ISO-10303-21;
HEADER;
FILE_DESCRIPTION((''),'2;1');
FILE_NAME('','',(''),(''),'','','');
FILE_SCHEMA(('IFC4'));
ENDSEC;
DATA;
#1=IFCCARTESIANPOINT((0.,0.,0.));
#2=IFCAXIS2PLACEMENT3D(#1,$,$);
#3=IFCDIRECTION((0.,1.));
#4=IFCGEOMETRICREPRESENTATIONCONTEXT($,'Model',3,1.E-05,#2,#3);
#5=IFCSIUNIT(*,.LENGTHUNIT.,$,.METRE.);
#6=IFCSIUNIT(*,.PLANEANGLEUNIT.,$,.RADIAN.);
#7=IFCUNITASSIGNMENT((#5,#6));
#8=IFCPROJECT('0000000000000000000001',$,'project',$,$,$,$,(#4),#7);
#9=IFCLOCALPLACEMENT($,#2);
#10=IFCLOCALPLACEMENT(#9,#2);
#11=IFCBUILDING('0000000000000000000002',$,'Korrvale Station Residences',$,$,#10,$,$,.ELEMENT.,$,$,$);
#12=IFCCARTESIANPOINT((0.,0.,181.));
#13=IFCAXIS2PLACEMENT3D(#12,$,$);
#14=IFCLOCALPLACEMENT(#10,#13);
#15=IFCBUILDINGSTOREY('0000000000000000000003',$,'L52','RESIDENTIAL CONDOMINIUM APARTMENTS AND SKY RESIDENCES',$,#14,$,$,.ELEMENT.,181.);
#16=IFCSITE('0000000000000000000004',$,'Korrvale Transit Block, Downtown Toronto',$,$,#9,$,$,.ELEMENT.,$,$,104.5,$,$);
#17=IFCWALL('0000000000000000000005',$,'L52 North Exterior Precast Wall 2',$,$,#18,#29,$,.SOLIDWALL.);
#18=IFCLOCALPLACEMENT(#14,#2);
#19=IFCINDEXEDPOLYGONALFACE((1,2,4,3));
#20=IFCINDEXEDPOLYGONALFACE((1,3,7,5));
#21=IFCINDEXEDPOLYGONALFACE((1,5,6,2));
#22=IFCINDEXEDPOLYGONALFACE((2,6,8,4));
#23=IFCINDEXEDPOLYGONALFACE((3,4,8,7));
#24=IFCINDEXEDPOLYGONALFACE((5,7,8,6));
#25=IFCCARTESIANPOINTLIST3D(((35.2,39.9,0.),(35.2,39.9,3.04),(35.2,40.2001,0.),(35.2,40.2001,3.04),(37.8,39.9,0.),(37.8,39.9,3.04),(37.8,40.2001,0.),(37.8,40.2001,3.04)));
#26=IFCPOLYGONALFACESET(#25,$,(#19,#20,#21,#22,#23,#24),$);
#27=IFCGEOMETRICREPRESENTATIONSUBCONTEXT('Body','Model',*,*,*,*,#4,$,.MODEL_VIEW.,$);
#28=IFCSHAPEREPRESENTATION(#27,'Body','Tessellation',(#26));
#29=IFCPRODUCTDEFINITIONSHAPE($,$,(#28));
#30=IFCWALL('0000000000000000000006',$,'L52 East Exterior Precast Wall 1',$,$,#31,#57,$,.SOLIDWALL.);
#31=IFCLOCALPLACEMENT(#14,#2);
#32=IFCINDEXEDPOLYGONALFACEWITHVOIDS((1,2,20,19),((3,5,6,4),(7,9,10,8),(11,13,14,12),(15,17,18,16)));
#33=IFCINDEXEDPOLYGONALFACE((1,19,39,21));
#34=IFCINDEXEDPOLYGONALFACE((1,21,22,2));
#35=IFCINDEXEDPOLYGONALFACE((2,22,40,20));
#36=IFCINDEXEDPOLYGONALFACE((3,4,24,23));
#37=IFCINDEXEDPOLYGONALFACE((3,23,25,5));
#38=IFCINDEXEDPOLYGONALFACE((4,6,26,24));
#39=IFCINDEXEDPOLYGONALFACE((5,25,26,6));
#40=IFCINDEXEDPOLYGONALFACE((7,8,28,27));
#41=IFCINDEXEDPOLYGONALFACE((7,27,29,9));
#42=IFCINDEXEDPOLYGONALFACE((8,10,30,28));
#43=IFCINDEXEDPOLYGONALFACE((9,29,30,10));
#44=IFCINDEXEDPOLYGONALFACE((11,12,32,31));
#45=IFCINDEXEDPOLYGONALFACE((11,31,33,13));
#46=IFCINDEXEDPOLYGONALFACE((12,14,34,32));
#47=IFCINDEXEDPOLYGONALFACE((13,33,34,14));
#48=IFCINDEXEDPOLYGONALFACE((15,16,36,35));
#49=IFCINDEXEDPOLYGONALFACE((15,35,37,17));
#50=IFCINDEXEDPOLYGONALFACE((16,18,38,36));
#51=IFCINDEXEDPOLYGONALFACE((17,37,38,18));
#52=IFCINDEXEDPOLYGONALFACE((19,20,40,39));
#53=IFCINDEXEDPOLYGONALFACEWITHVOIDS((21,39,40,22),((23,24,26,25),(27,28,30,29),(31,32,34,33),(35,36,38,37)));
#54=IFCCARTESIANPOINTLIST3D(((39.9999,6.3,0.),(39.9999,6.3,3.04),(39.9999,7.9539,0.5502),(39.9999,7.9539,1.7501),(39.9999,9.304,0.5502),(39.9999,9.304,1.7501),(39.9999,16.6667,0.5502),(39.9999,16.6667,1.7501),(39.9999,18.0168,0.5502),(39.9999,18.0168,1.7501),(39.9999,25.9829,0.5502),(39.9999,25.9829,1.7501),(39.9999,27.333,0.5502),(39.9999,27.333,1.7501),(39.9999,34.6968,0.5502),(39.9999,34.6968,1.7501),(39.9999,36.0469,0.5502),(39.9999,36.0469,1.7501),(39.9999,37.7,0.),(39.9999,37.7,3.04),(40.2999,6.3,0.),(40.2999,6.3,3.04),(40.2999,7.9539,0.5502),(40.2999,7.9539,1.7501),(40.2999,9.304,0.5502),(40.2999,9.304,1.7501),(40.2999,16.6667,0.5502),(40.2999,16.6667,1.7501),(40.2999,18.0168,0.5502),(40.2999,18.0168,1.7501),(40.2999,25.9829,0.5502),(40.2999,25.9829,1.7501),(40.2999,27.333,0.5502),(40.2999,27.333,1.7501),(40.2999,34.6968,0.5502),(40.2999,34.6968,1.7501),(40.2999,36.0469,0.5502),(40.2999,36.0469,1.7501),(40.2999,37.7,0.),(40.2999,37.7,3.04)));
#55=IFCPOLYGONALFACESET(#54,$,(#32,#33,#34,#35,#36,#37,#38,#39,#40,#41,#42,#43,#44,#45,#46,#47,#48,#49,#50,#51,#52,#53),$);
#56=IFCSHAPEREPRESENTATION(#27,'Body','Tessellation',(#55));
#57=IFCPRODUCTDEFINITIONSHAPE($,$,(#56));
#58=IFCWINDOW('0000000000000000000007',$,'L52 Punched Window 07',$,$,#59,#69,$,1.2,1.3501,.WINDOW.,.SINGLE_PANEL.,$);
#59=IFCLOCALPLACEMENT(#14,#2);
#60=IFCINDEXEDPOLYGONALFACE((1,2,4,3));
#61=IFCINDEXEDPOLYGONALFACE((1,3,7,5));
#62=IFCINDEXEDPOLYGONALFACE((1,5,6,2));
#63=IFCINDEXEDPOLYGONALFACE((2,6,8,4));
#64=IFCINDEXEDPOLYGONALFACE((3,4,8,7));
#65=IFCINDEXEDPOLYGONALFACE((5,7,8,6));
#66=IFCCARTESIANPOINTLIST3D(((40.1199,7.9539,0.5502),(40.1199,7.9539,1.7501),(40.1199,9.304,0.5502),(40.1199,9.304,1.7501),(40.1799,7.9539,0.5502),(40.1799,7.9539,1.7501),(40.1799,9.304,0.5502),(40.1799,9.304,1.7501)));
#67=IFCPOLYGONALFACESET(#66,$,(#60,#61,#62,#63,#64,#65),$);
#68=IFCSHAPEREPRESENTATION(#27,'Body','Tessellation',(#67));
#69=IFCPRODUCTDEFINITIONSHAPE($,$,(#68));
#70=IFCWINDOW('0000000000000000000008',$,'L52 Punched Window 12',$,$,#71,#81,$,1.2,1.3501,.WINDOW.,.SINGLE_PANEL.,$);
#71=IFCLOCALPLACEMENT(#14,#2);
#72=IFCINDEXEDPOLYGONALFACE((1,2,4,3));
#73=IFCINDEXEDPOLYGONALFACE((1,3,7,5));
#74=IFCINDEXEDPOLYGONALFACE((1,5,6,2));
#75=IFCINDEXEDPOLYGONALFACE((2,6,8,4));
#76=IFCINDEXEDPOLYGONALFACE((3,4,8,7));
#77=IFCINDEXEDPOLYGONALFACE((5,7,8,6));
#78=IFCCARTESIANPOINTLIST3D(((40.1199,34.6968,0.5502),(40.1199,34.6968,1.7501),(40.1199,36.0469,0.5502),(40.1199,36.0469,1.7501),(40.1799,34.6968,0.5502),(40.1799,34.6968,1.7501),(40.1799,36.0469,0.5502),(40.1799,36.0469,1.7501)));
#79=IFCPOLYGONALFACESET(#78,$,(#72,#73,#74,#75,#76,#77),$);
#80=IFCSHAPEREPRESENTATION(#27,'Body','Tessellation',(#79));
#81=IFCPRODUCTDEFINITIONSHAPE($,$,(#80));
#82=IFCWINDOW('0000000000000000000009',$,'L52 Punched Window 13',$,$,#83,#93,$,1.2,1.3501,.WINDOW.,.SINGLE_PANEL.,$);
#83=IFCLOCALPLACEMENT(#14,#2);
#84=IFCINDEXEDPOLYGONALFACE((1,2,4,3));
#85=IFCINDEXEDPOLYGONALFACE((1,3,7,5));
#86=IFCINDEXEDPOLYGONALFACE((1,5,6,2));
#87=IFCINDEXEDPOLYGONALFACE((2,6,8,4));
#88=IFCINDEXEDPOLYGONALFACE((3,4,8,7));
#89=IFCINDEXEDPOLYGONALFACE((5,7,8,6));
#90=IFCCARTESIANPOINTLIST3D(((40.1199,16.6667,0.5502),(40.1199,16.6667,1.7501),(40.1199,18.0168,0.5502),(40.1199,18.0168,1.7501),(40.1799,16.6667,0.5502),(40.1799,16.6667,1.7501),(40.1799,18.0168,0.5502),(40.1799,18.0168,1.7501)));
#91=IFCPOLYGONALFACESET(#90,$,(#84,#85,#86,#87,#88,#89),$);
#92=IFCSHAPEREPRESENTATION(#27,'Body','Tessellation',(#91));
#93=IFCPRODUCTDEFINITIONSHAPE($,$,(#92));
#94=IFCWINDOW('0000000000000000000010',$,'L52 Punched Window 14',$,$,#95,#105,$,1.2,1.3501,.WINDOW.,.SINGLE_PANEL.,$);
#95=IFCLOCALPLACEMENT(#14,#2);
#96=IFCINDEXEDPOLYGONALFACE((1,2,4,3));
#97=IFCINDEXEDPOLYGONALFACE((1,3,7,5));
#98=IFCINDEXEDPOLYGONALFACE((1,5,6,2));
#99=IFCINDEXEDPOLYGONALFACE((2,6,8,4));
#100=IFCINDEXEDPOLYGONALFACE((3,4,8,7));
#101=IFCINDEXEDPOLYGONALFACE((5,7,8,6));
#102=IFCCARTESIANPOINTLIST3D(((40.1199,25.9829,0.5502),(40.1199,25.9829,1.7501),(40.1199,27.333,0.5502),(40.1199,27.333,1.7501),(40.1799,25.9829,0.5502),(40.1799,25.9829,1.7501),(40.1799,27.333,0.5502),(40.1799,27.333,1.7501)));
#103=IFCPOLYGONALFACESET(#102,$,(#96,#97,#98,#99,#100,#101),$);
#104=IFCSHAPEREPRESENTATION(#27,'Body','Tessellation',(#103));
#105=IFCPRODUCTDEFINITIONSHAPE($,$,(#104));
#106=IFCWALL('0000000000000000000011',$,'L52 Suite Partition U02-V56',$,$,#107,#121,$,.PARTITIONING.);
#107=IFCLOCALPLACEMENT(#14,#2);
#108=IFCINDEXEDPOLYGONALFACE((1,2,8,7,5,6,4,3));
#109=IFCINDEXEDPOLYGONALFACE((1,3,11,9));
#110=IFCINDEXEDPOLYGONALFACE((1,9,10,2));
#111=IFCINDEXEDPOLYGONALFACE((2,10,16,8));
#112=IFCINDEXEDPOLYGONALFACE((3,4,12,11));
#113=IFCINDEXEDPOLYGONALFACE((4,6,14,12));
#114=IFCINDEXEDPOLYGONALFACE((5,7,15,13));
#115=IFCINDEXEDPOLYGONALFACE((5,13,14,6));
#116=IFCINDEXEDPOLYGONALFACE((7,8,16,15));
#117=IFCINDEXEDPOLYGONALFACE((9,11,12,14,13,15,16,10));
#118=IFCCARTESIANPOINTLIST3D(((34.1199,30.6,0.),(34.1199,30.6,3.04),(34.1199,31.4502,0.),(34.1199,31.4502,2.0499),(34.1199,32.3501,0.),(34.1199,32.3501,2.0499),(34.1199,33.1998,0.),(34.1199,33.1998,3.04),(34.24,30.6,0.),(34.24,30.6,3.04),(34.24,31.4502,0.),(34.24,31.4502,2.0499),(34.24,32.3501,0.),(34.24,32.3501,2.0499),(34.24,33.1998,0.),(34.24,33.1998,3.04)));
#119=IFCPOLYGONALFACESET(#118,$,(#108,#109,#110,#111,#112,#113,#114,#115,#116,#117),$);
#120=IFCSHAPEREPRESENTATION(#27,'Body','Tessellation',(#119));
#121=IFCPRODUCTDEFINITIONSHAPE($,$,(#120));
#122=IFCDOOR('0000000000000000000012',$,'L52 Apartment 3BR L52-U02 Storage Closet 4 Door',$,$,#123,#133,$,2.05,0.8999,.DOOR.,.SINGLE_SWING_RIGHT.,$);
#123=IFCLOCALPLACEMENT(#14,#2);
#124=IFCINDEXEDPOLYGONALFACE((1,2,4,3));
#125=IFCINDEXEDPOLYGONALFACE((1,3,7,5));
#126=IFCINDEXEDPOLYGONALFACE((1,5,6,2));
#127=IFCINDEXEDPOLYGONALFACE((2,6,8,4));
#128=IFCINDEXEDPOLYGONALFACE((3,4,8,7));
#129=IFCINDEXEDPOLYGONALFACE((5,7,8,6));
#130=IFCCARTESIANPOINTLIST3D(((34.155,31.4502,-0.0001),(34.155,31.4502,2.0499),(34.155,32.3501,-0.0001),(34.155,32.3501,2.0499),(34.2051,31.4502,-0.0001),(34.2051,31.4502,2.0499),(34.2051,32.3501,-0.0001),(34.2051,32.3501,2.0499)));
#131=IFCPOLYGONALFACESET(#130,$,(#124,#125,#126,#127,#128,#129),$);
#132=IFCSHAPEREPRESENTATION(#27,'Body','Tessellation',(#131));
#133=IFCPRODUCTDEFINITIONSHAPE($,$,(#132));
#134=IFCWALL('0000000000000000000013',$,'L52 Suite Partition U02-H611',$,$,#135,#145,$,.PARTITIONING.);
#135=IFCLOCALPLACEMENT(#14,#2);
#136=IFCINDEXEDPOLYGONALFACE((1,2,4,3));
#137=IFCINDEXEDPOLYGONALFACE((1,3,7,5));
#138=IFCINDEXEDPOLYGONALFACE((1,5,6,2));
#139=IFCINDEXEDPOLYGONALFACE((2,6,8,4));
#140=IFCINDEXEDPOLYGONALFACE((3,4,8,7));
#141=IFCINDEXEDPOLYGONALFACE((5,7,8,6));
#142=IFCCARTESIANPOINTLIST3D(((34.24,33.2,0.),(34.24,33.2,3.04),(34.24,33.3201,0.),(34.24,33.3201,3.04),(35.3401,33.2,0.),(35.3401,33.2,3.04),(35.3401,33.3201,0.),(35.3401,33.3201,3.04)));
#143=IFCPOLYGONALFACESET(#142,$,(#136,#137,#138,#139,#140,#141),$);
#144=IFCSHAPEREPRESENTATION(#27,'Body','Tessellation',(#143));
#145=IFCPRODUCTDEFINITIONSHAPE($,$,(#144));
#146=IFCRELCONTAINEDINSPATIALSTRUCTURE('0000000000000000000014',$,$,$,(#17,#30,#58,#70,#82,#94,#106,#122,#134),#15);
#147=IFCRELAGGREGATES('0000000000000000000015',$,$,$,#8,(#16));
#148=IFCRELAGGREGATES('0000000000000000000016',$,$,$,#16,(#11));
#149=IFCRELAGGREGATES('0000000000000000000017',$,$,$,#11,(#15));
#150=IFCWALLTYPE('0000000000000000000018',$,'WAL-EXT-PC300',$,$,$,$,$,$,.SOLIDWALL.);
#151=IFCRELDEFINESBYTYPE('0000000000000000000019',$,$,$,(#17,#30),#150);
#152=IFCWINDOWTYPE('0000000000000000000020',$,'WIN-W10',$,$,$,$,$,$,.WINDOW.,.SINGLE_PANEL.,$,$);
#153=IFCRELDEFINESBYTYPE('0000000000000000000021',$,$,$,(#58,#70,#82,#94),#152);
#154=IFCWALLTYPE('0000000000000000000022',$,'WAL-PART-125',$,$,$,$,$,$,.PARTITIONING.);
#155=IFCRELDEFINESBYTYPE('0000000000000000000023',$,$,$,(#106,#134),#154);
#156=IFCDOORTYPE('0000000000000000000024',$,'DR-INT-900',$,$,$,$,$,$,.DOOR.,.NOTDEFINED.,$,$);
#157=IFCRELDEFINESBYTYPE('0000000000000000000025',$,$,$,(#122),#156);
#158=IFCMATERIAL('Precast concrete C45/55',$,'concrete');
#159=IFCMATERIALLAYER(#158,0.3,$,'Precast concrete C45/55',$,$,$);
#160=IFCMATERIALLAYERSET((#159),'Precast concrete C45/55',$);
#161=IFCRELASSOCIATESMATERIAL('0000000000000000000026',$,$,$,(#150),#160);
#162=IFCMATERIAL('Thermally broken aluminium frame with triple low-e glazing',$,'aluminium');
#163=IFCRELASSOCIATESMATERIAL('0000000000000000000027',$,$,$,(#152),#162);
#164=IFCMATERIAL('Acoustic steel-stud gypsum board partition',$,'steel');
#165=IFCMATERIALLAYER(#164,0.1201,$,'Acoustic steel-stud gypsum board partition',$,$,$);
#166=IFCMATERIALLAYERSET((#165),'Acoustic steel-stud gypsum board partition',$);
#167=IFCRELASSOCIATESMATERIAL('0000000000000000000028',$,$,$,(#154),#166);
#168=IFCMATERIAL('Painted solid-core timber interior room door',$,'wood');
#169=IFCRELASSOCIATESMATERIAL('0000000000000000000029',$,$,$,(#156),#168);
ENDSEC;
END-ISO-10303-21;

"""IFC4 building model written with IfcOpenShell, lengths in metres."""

from ifc_helpers import new_model, si_unit, direction, frame, frame_2d, origin, place, context, subcontext, project, spatial, rectangle, extrude, material, layer, layer_set, type_object, element, fill, save


model = new_model("IFC4")

# Units and contexts
model_context = context("Model", 3, precision=1e-05, world=origin(), true_north=direction((0.0, 1.0)))
body_context = subcontext(model_context, "Body", "Model", "MODEL_VIEW")
ifc_project = project(units=[si_unit("LENGTHUNIT", "METRE"), si_unit("PLANEANGLEUNIT", "RADIAN")], contexts=[model_context])

# Site, building, storey
site_placement = place(None, origin())
site = spatial("IfcSite", under=ifc_project, at=site_placement, Name="Korrvale Transit Block, Downtown Toronto", CompositionType="ELEMENT", RefElevation=104.5)
building_placement = place(site_placement, origin())
building = spatial("IfcBuilding", under=site, at=building_placement, Name="Korrvale Station Residences", CompositionType="ELEMENT")
storey_placement = place(building_placement, frame((0.0, 0.0, 181.0)))
storey = spatial("IfcBuildingStorey", under=building, at=storey_placement, Name="L52", Description="RESIDENTIAL CONDOMINIUM APARTMENTS AND SKY RESIDENCES", CompositionType="ELEMENT", Elevation=181.0)

# Wall
ifc_material_1 = material(Name="Precast concrete C45/55", Category="concrete")
ifc_layer_1 = layer(ifc_material_1, 0.3, Name="Precast concrete C45/55")
ifc_layer_set_1 = layer_set([ifc_layer_1], Name="Precast concrete C45/55")
wall_type_1 = type_object("IfcWallType", Name="WAL-EXT-PC300", PredefinedType="SOLIDWALL", material=ifc_layer_set_1)
wall_1_placement = place(storey_placement, frame((35.2, 40.05, 0.0), z_axis=(0.0, 0.0, 1.0), x_axis=(1.0, 0.0, 0.0)))
element("IfcWall", 1, at=wall_1_placement, inside=storey, type_object=wall_type_1, Name="L52 North Exterior Precast Wall 2", PredefinedType="SOLIDWALL", context=body_context, shape_type="SweptSolid", body=[
    extrude(rectangle(XDim=2.6001, YDim=0.3, at=frame_2d((1.3, 0.0))), origin(), (0.0, 0.0, 1.0), 3.04),
])

# Wall, openings, windows
wall_2_placement = place(storey_placement, frame((40.1499, 37.7, 0.0), z_axis=(0.0, 0.0, 1.0), x_axis=(0.0, -1.0, 0.0)))
wall_2 = element("IfcWall", 2, at=wall_2_placement, inside=storey, type_object=wall_type_1, Name="L52 East Exterior Precast Wall 1", PredefinedType="SOLIDWALL", context=body_context, shape_type="SweptSolid", body=[
    extrude(rectangle(XDim=31.3999, YDim=0.3, at=frame_2d((15.7, 0.0))), origin(), (0.0, 0.0, 1.0), 3.04),
])
opening_1_placement = place(wall_2_placement, frame((28.396, 0.0, 0.55)))
opening_1 = element("IfcOpeningElement", 3, at=opening_1_placement, cuts=wall_2, PredefinedType="OPENING", context=body_context, shape_type="SweptSolid", body=[
    extrude(rectangle(XDim=1.3501, YDim=1.2, at=frame_2d((0.675, 0.6001))), frame((0.0, 0.1602, 0.0), z_axis=(0.0, -1.0, 0.0), x_axis=(1.0, 0.0, 0.0)), (0.0, 0.0, 1.0), 0.3201),
])
opening_2_placement = place(wall_2_placement, frame((1.6531, 0.0, 0.55)))
opening_2 = element("IfcOpeningElement", 4, at=opening_2_placement, cuts=wall_2, PredefinedType="OPENING", context=body_context, shape_type="SweptSolid", body=[
    extrude(rectangle(XDim=1.3501, YDim=1.2, at=frame_2d((0.675, 0.6001))), frame((0.0, 0.1602, 0.0), z_axis=(0.0, -1.0, 0.0), x_axis=(1.0, 0.0, 0.0)), (0.0, 0.0, 1.0), 0.3201),
])
opening_3_placement = place(wall_2_placement, frame((19.6831, 0.0, 0.55)))
opening_3 = element("IfcOpeningElement", 5, at=opening_3_placement, cuts=wall_2, PredefinedType="OPENING", context=body_context, shape_type="SweptSolid", body=[
    extrude(rectangle(XDim=1.3501, YDim=1.2, at=frame_2d((0.675, 0.6001))), frame((0.0, 0.1602, 0.0), z_axis=(0.0, -1.0, 0.0), x_axis=(1.0, 0.0, 0.0)), (0.0, 0.0, 1.0), 0.3201),
])
opening_4_placement = place(wall_2_placement, frame((10.3669, 0.0, 0.55)))
opening_4 = element("IfcOpeningElement", 6, at=opening_4_placement, cuts=wall_2, PredefinedType="OPENING", context=body_context, shape_type="SweptSolid", body=[
    extrude(rectangle(XDim=1.3501, YDim=1.2, at=frame_2d((0.675, 0.6001))), frame((0.0, 0.1602, 0.0), z_axis=(0.0, -1.0, 0.0), x_axis=(1.0, 0.0, 0.0)), (0.0, 0.0, 1.0), 0.3201),
])
ifc_material_2 = material(Name="Thermally broken aluminium frame with triple low-e glazing", Category="aluminium")
window_type = type_object("IfcWindowType", Name="WIN-W10", PartitioningType="SINGLE_PANEL", PredefinedType="WINDOW", material=ifc_material_2)
window_1_placement = place(opening_1_placement, origin())
window_1 = element("IfcWindow", 7, at=window_1_placement, inside=storey, type_object=window_type, Name="L52 Punched Window 07", OverallHeight=1.2, OverallWidth=1.3501, PartitioningType="SINGLE_PANEL", PredefinedType="WINDOW", context=body_context, shape_type="SweptSolid", body=[
    extrude(rectangle(XDim=1.3501, YDim=1.2, at=frame_2d((0.675, 0.6001))), frame((0.0, 0.03, 0.0), z_axis=(0.0, -1.0, 0.0), x_axis=(1.0, 0.0, 0.0)), (0.0, 0.0, 1.0), 0.0601),
])
fill(opening_1, window_1)
window_2_placement = place(opening_2_placement, origin())
window_2 = element("IfcWindow", 8, at=window_2_placement, inside=storey, type_object=window_type, Name="L52 Punched Window 12", OverallHeight=1.2, OverallWidth=1.3501, PartitioningType="SINGLE_PANEL", PredefinedType="WINDOW", context=body_context, shape_type="SweptSolid", body=[
    extrude(rectangle(XDim=1.3501, YDim=1.2, at=frame_2d((0.675, 0.6001))), frame((0.0, 0.03, 0.0), z_axis=(0.0, -1.0, 0.0), x_axis=(1.0, 0.0, 0.0)), (0.0, 0.0, 1.0), 0.0601),
])
fill(opening_2, window_2)
window_3_placement = place(opening_3_placement, origin())
window_3 = element("IfcWindow", 9, at=window_3_placement, inside=storey, type_object=window_type, Name="L52 Punched Window 13", OverallHeight=1.2, OverallWidth=1.3501, PartitioningType="SINGLE_PANEL", PredefinedType="WINDOW", context=body_context, shape_type="SweptSolid", body=[
    extrude(rectangle(XDim=1.3501, YDim=1.2, at=frame_2d((0.675, 0.6001))), frame((0.0, 0.03, 0.0), z_axis=(0.0, -1.0, 0.0), x_axis=(1.0, 0.0, 0.0)), (0.0, 0.0, 1.0), 0.0601),
])
fill(opening_3, window_3)
window_4_placement = place(opening_4_placement, origin())
window_4 = element("IfcWindow", 10, at=window_4_placement, inside=storey, type_object=window_type, Name="L52 Punched Window 14", OverallHeight=1.2, OverallWidth=1.3501, PartitioningType="SINGLE_PANEL", PredefinedType="WINDOW", context=body_context, shape_type="SweptSolid", body=[
    extrude(rectangle(XDim=1.3501, YDim=1.2, at=frame_2d((0.675, 0.6001))), frame((0.0, 0.03, 0.0), z_axis=(0.0, -1.0, 0.0), x_axis=(1.0, 0.0, 0.0)), (0.0, 0.0, 1.0), 0.0601),
])
fill(opening_4, window_4)

# Wall, opening, door
ifc_material_3 = material(Name="Acoustic steel-stud gypsum board partition", Category="steel")
ifc_layer_2 = layer(ifc_material_3, 0.1201, Name="Acoustic steel-stud gypsum board partition")
ifc_layer_set_2 = layer_set([ifc_layer_2], Name="Acoustic steel-stud gypsum board partition")
wall_type_2 = type_object("IfcWallType", Name="WAL-PART-125", PredefinedType="PARTITIONING", material=ifc_layer_set_2)
wall_3_placement = place(storey_placement, frame((34.1799, 30.6001, 0.0), z_axis=(0.0, 0.0, 1.0), x_axis=(0.0, 1.0, 0.0)))
wall_3 = element("IfcWall", 11, at=wall_3_placement, inside=storey, type_object=wall_type_2, Name="L52 Suite Partition U02-V56", PredefinedType="PARTITIONING", context=body_context, shape_type="SweptSolid", body=[
    extrude(rectangle(XDim=2.5999, YDim=0.1201, at=frame_2d((1.2998, 0.0))), origin(), (0.0, 0.0, 1.0), 3.04),
])
opening_5_placement = place(wall_3_placement, frame((0.8501, 0.0, 0.0)))
opening_5 = element("IfcOpeningElement", 12, at=opening_5_placement, cuts=wall_3, PredefinedType="OPENING", context=body_context, shape_type="SweptSolid", body=[
    extrude(rectangle(XDim=0.8999, YDim=2.05, at=frame_2d((0.45, 1.0249))), frame((0.0, 0.0701, 0.0), z_axis=(0.0, -1.0, 0.0), x_axis=(1.0, 0.0, 0.0)), (0.0, 0.0, 1.0), 0.1401),
])
ifc_material_4 = material(Name="Painted solid-core timber interior room door", Category="wood")
door_type = type_object("IfcDoorType", Name="DR-INT-900", OperationType="NOTDEFINED", PredefinedType="DOOR", material=ifc_material_4)
door_1_placement = place(opening_5_placement, origin())
door_1 = element("IfcDoor", 13, at=door_1_placement, inside=storey, type_object=door_type, Name="L52 Apartment 3BR L52-U02 Storage Closet 4 Door", OperationType="SINGLE_SWING_RIGHT", OverallHeight=2.05, OverallWidth=0.8999, PredefinedType="DOOR", context=body_context, shape_type="SweptSolid", body=[
    extrude(rectangle(XDim=0.8999, YDim=2.05, at=frame_2d((0.45, 1.0249))), frame((0.0, 0.0249, 0.0), z_axis=(0.0, -1.0, 0.0), x_axis=(1.0, 0.0, 0.0)), (0.0, 0.0, 1.0), 0.05),
])
fill(opening_5, door_1)

# Wall
wall_4_placement = place(storey_placement, frame((34.24, 33.26, 0.0), z_axis=(0.0, 0.0, 1.0), x_axis=(1.0, 0.0, 0.0)))
element("IfcWall", 14, at=wall_4_placement, inside=storey, type_object=wall_type_2, Name="L52 Suite Partition U02-H611", PredefinedType="PARTITIONING", context=body_context, shape_type="SweptSolid", body=[
    extrude(rectangle(XDim=1.1001, YDim=0.1201, at=frame_2d((0.55, 0.0))), origin(), (0.0, 0.0, 1.0), 3.04),
])

save(model, "model.ifc")
